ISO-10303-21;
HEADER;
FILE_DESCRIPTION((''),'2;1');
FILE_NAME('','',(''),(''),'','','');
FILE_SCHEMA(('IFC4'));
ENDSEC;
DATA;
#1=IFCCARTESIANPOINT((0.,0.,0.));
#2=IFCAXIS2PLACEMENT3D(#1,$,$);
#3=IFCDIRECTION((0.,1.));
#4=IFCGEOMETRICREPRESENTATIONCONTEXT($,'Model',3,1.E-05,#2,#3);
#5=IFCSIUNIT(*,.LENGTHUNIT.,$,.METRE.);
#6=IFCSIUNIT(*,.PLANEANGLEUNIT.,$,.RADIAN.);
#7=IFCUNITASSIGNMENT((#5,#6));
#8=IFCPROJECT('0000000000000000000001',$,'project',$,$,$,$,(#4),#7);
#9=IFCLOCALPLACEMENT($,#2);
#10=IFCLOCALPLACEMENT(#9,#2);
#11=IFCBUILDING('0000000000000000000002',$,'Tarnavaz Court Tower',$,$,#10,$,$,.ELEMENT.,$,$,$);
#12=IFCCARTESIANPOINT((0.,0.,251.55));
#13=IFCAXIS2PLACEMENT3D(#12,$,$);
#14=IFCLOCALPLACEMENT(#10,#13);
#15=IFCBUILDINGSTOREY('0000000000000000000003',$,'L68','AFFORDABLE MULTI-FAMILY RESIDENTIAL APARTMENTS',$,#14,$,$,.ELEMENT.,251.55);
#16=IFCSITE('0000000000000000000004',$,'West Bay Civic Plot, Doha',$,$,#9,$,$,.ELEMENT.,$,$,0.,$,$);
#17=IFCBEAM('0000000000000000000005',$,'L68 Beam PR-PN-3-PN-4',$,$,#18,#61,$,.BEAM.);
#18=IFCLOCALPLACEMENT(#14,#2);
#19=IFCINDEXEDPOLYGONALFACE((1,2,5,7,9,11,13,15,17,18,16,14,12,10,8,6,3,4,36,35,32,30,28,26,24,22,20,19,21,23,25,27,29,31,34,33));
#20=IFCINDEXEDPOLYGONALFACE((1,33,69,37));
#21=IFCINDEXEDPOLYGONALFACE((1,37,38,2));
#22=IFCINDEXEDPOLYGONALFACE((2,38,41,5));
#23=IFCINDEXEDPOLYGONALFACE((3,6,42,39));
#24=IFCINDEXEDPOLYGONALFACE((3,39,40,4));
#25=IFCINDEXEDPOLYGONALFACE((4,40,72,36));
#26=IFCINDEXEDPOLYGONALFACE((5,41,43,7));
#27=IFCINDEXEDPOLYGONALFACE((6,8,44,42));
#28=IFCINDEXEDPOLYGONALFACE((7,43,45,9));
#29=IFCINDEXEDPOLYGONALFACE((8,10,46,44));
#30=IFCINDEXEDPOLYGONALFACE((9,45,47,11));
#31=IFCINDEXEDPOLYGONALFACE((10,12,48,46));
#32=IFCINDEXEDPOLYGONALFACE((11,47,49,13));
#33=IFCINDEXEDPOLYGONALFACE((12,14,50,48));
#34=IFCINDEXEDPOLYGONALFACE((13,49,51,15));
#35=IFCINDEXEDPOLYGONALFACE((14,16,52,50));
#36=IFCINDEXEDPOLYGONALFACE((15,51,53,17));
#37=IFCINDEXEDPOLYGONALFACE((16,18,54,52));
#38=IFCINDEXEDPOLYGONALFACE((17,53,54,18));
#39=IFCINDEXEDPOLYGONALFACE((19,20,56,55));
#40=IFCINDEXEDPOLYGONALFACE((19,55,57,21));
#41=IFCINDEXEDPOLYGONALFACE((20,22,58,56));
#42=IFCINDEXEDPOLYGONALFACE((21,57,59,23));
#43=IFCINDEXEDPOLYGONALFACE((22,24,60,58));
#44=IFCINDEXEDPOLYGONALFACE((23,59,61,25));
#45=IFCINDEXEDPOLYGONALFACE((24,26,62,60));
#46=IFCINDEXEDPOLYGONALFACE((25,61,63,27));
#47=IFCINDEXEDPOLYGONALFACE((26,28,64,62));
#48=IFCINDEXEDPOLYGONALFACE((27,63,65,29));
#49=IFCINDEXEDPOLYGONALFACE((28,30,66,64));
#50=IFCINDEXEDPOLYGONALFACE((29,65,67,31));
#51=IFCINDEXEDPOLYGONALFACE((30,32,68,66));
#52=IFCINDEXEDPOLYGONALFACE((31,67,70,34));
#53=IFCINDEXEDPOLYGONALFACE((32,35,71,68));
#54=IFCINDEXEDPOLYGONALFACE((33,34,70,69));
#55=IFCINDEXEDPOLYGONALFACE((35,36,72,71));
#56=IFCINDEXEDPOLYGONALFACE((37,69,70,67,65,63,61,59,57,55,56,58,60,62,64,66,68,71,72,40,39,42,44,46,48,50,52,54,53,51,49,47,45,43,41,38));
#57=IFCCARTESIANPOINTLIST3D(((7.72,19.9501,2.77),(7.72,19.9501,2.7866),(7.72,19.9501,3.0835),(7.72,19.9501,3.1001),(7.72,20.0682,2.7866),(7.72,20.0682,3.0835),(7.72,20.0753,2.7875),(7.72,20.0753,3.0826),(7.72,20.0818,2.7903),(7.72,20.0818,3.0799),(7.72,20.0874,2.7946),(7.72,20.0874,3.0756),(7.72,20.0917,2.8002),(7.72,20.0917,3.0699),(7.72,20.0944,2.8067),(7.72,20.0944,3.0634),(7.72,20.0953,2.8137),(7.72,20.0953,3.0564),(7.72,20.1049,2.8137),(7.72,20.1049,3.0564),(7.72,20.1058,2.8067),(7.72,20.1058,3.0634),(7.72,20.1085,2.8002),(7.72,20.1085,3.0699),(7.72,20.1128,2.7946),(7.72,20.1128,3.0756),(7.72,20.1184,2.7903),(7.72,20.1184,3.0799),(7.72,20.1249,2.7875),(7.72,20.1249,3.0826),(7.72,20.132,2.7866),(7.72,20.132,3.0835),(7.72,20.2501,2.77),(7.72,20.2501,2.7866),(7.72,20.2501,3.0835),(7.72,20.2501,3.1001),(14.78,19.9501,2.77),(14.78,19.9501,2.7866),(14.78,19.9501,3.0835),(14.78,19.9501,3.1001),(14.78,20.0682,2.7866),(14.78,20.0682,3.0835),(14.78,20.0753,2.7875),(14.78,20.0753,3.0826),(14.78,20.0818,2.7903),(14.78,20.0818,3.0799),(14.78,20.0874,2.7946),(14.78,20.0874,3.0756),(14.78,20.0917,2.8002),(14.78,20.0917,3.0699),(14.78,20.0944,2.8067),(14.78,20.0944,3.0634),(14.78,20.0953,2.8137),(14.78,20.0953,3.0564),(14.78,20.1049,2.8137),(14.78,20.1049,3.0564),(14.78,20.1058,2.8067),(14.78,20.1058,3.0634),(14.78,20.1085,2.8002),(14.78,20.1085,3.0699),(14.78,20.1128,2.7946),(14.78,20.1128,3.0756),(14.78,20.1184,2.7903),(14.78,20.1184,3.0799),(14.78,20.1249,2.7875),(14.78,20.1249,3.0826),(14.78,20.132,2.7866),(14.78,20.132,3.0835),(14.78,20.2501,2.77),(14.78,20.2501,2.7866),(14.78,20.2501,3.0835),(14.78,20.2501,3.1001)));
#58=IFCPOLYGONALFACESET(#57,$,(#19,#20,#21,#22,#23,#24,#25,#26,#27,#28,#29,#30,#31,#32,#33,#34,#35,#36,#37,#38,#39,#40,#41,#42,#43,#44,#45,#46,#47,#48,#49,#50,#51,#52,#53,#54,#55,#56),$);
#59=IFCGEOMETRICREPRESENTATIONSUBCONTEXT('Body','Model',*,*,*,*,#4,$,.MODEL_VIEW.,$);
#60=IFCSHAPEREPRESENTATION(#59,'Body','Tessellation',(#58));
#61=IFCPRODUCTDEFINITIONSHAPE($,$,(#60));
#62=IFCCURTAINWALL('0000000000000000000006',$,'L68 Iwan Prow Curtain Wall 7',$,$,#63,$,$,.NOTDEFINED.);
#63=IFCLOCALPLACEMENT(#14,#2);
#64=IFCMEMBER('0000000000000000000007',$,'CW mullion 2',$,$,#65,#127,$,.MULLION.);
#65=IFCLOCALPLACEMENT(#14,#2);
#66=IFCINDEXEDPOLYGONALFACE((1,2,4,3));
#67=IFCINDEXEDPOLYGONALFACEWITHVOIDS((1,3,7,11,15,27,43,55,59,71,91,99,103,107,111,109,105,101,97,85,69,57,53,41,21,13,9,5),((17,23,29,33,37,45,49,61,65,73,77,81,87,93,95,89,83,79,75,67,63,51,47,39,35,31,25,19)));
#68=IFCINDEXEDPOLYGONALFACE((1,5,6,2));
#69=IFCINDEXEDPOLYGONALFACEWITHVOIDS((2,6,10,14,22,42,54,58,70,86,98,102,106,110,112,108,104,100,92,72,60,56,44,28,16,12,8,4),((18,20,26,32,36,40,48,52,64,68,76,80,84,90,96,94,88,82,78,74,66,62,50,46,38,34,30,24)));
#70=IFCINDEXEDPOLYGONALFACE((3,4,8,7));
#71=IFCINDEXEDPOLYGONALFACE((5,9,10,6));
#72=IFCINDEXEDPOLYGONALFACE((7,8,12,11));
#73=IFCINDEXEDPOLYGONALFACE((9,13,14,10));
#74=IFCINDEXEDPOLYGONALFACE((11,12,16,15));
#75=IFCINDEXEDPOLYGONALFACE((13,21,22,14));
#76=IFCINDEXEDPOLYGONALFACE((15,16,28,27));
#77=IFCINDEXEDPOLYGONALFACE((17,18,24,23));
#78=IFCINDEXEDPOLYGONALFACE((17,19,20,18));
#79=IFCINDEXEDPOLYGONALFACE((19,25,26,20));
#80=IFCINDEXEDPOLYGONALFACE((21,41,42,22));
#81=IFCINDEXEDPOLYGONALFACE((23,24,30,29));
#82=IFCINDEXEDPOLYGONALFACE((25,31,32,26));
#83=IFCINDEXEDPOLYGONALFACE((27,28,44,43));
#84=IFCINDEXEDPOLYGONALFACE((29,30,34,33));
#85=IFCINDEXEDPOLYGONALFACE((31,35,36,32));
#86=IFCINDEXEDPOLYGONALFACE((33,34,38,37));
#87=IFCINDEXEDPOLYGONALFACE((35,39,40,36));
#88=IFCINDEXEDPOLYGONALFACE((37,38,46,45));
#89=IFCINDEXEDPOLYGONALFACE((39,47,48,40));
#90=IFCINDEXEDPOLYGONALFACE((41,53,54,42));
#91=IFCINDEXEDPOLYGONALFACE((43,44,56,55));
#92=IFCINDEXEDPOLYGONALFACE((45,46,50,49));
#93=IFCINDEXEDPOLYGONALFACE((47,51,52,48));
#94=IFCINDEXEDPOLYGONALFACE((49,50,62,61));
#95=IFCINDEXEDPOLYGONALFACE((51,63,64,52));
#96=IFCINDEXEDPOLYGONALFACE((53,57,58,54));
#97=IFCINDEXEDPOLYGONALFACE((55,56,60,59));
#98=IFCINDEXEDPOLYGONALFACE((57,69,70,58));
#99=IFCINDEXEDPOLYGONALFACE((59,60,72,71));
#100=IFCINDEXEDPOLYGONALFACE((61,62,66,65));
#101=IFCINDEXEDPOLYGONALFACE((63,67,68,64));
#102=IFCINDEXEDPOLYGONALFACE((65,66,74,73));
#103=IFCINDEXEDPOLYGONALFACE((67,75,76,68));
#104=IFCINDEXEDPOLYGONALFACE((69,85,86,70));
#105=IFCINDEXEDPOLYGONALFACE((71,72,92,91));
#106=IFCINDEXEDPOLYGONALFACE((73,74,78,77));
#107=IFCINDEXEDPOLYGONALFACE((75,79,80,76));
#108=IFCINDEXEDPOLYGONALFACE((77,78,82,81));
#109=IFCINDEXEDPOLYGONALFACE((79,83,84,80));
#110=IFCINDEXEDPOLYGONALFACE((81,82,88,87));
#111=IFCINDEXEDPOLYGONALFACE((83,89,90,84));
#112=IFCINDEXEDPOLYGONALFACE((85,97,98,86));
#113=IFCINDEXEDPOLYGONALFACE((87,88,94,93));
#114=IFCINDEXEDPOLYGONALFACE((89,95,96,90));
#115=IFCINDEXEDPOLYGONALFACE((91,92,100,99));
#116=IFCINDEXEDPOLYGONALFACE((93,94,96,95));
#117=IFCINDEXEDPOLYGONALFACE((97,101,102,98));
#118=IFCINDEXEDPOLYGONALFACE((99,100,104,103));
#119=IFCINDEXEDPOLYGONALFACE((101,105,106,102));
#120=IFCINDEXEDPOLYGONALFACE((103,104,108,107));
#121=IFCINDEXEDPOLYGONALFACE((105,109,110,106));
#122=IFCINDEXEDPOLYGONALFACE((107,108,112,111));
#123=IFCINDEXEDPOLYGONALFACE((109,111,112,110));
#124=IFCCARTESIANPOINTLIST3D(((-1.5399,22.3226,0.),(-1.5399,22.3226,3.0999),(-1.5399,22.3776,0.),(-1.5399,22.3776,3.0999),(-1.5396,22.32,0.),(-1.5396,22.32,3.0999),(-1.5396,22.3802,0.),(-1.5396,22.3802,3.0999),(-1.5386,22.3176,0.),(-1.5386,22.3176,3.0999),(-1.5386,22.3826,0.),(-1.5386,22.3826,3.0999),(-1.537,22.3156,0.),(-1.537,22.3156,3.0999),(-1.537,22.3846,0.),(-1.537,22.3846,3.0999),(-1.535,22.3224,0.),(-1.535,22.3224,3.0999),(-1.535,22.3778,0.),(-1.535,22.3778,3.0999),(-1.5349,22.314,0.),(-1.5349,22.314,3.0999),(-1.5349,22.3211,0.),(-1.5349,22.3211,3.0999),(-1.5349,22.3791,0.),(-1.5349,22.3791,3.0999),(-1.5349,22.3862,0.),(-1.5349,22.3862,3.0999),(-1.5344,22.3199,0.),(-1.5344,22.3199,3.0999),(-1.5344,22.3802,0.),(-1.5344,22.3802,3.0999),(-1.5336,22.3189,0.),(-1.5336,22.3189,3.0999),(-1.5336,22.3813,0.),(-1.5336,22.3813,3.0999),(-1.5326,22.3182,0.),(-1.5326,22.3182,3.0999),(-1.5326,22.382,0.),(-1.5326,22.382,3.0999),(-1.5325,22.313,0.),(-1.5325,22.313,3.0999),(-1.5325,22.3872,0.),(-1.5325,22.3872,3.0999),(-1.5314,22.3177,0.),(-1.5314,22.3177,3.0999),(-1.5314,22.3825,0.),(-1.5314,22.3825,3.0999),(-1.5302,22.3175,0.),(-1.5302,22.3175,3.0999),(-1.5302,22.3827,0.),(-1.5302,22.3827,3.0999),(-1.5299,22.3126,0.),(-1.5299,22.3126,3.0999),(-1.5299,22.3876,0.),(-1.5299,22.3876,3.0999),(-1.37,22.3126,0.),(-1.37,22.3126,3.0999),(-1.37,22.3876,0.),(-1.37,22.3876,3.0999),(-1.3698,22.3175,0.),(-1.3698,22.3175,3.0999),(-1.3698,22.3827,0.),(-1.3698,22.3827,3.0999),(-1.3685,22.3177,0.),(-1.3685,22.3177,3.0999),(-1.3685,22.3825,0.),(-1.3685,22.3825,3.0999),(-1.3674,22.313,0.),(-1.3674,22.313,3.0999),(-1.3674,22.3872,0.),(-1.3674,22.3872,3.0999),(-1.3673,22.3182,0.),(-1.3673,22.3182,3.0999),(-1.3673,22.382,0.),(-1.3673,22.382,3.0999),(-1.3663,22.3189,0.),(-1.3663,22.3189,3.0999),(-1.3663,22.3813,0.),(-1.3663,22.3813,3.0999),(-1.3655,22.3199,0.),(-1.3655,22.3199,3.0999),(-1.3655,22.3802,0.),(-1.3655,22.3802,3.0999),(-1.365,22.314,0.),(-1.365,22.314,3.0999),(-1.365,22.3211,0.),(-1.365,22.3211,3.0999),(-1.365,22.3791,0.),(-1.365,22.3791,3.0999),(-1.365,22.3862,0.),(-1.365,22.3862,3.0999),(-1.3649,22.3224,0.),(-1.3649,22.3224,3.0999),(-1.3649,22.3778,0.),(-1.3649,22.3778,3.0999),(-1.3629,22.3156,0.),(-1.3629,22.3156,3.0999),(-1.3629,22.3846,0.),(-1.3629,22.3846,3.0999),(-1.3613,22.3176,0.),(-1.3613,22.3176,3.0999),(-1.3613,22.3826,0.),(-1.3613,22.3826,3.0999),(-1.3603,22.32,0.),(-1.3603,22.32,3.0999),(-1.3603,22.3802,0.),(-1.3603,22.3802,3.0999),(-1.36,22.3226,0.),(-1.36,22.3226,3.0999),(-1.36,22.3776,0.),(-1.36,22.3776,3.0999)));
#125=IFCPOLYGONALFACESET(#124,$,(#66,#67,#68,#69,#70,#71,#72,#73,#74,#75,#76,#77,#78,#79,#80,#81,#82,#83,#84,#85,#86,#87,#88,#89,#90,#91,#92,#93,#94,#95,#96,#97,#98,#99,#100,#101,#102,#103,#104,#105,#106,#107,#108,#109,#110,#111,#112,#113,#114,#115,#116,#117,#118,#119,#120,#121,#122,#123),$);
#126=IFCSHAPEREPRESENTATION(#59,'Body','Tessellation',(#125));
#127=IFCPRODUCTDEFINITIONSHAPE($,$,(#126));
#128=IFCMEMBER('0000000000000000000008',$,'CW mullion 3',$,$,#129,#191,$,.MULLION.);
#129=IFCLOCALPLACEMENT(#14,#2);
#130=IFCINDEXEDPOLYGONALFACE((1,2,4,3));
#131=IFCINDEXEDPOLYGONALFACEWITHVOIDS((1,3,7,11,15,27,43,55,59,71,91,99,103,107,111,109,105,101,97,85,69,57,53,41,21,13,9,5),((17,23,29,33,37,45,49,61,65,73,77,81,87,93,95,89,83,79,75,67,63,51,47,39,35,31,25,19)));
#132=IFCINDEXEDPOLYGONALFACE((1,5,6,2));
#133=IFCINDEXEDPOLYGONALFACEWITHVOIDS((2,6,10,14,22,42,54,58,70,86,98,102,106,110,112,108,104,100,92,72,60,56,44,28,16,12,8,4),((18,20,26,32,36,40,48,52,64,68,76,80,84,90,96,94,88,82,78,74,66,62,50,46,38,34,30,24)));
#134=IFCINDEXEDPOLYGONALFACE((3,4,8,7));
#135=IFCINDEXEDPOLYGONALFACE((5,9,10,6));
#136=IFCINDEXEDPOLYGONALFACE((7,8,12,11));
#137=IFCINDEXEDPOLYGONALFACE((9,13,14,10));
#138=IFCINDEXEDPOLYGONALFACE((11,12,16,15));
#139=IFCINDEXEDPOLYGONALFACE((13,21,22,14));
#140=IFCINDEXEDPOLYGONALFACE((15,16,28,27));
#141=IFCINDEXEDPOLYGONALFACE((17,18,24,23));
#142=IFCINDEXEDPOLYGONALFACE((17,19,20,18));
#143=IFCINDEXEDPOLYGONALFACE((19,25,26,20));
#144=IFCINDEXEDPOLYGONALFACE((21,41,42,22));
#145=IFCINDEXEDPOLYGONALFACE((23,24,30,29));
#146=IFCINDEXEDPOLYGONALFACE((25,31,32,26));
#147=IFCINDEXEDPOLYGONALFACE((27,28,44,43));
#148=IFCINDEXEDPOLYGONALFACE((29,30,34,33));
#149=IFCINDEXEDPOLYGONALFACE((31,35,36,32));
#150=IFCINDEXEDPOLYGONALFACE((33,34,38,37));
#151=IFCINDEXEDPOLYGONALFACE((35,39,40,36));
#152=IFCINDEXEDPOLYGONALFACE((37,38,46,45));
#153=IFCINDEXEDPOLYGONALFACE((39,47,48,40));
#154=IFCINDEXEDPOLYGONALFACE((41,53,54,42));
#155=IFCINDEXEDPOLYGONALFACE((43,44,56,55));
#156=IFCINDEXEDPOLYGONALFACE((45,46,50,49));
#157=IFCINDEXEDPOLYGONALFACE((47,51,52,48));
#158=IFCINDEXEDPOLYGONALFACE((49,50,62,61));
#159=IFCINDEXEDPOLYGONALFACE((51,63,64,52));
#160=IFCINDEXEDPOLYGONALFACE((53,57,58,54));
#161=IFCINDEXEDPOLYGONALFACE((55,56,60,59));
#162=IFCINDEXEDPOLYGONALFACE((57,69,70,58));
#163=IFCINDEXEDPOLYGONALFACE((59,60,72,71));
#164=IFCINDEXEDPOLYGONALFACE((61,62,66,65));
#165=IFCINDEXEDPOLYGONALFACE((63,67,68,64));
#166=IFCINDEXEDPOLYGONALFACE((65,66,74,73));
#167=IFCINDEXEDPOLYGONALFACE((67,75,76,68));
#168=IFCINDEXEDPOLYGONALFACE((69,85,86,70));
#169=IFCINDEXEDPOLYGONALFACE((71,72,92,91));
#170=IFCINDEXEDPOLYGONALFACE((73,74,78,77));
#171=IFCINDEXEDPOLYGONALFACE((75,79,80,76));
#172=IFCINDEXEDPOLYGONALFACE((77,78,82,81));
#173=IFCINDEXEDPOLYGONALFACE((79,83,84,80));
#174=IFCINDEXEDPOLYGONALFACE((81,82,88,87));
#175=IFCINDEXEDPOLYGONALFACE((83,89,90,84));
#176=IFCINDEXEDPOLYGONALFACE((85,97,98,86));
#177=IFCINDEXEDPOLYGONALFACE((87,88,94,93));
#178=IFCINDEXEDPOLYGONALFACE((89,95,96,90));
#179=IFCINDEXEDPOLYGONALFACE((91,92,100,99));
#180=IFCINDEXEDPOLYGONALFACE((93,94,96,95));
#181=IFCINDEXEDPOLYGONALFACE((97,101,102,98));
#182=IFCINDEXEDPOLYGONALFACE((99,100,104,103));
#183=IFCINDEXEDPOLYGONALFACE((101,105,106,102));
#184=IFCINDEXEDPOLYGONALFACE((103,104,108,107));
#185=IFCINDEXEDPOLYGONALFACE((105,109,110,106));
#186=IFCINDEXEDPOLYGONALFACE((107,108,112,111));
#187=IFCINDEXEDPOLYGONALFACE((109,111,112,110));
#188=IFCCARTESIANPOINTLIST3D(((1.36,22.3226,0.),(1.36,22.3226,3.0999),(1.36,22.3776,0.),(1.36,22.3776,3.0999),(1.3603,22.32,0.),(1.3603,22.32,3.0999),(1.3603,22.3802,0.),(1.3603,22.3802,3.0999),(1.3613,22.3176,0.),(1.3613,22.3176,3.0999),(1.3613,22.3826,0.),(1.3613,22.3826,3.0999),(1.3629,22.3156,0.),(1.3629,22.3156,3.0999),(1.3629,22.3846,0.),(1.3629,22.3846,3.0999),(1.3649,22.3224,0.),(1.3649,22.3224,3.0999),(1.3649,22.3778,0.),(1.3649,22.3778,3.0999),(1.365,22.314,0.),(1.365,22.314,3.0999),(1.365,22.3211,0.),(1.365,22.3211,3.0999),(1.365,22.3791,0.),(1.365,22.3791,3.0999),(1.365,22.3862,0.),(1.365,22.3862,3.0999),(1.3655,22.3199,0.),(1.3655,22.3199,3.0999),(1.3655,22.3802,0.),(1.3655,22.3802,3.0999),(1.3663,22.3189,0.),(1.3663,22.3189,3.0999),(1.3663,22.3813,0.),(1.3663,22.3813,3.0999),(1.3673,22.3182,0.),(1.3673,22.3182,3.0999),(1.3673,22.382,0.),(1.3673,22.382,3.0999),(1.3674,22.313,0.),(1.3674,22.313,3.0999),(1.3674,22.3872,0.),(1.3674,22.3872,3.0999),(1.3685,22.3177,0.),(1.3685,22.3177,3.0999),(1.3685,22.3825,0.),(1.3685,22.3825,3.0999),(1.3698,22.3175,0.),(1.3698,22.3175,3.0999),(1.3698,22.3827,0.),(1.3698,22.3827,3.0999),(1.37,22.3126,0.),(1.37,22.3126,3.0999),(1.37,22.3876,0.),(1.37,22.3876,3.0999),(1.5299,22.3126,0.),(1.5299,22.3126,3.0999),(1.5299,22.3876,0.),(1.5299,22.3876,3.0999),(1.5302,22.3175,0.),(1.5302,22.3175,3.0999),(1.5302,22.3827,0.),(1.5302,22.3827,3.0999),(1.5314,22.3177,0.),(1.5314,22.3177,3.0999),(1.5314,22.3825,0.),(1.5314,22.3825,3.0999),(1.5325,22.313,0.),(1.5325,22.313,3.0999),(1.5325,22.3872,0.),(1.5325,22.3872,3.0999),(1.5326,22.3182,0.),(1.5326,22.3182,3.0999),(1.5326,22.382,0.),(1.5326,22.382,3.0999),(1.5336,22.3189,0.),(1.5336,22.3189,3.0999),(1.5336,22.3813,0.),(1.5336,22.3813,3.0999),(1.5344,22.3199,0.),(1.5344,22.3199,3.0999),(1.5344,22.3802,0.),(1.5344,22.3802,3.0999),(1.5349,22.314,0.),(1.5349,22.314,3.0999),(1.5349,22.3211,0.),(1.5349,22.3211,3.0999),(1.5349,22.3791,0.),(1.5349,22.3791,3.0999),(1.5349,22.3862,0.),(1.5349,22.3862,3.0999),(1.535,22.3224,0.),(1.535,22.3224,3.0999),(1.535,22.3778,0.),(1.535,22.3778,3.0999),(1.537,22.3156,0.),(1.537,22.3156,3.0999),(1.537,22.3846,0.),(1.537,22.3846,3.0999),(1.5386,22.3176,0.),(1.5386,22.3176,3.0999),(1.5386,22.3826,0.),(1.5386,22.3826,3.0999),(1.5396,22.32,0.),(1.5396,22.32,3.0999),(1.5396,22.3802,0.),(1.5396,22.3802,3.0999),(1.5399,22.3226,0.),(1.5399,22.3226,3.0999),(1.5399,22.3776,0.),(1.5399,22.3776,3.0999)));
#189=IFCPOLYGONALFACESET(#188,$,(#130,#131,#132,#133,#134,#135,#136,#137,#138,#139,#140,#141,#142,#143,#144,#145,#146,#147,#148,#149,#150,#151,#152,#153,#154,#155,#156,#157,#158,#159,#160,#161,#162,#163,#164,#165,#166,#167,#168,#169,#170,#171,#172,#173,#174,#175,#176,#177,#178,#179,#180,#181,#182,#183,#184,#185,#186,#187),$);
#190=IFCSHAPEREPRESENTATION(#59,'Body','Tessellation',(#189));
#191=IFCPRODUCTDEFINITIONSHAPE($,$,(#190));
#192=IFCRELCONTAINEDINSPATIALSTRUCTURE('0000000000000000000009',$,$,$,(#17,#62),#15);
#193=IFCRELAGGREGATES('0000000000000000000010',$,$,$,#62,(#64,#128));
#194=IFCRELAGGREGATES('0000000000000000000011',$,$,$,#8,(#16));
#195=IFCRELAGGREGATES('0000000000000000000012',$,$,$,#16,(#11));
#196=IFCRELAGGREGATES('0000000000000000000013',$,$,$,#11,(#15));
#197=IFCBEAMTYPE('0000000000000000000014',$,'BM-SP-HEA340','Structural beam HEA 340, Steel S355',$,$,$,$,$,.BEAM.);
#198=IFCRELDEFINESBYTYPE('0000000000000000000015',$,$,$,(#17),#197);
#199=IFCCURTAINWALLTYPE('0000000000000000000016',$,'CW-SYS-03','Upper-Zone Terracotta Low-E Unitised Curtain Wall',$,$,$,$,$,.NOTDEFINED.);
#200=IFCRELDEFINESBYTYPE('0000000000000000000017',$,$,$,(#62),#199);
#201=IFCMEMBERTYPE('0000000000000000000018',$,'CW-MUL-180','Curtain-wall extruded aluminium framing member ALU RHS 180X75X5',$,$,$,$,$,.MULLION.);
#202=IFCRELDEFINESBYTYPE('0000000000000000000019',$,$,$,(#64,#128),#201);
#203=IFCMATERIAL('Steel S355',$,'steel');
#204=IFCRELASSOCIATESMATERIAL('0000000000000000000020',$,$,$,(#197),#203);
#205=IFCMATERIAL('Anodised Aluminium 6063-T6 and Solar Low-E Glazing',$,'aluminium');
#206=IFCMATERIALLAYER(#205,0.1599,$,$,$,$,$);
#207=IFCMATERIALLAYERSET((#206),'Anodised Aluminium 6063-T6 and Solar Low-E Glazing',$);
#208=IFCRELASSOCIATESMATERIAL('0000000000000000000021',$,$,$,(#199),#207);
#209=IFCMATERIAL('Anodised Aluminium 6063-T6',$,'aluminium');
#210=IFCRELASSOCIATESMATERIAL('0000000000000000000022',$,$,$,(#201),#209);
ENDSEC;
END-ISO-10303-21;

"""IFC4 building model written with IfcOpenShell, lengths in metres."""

from ifc_helpers import new_model, si_unit, direction, frame, origin, origin_2d, place, context, subcontext, project, spatial, hollow_rectangle, i_section, extrude, material, layer, layer_set, material_profile, profile_set, type_object, element, aggregate, save


model = new_model("IFC4")

# Units and contexts
model_context = context("Model", 3, precision=1e-05, world=origin(), true_north=direction((0.0, 1.0)))
body_context = subcontext(model_context, "Body", "Model", "MODEL_VIEW")
ifc_project = project(units=[si_unit("LENGTHUNIT", "METRE"), si_unit("PLANEANGLEUNIT", "RADIAN")], contexts=[model_context])

# Site, building, storey
site_placement = place(None, origin())
site = spatial("IfcSite", under=ifc_project, at=site_placement, Name="West Bay Civic Plot, Doha", CompositionType="ELEMENT", RefElevation=0.0)
building_placement = place(site_placement, origin())
building = spatial("IfcBuilding", under=site, at=building_placement, Name="Tarnavaz Court Tower", CompositionType="ELEMENT")
storey_placement = place(building_placement, frame((0.0, 0.0, 251.55)))
storey = spatial("IfcBuildingStorey", under=building, at=storey_placement, Name="L68", Description="AFFORDABLE MULTI-FAMILY RESIDENTIAL APARTMENTS", CompositionType="ELEMENT", Elevation=251.55)

# Beam
ifc_material_1 = material(Name="Steel S355", Category="steel")
ifc_material_profile_1 = material_profile(ifc_material_1, i_section(OverallWidth=0.3, OverallDepth=0.3301, WebThickness=0.0095, FlangeThickness=0.0166, FilletRadius=0.0271, at=origin_2d()), Name="HEA 340")
ifc_profile_set_1 = profile_set([ifc_material_profile_1], Name="Steel S355")
beam_type_1 = type_object("IfcBeamType", Name="BM-SP-HEA340", Description="Structural beam HEA 340, Steel S355", PredefinedType="BEAM", material=ifc_profile_set_1)
beam_placement = place(storey_placement, frame((7.72, 20.1001, 2.9351), z_axis=(1.0, 0.0, 0.0), x_axis=(0.0, 1.0, 0.0)))
element("IfcBeam", 1, at=beam_placement, inside=storey, type_object=beam_type_1, Name="L68 Beam PR-PN-3-PN-4", PredefinedType="BEAM", context=body_context, shape_type="SweptSolid", body=[
    extrude(i_section(OverallWidth=0.3, OverallDepth=0.3301, WebThickness=0.0095, FlangeThickness=0.0166, FilletRadius=0.0271, at=origin_2d()), origin(), (0.0, 0.0, 1.0), 7.0601),
])

# Curtain wall, members
ifc_material_2 = material(Name="Anodised Aluminium 6063-T6 and Solar Low-E Glazing", Category="aluminium")
ifc_layer_1 = layer(ifc_material_2, 0.1599)
ifc_layer_set_1 = layer_set([ifc_layer_1], Name="Anodised Aluminium 6063-T6 and Solar Low-E Glazing")
curtain_wall_type = type_object("IfcCurtainWallType", Name="CW-SYS-03", Description="Upper-Zone Terracotta Low-E Unitised Curtain Wall", PredefinedType="NOTDEFINED", material=ifc_layer_set_1)
curtain_wall_placement = place(storey_placement, origin())
curtain_wall = element("IfcCurtainWall", 2, at=curtain_wall_placement, inside=storey, type_object=curtain_wall_type, Name="L68 Iwan Prow Curtain Wall 7", PredefinedType="NOTDEFINED")
ifc_material_3 = material(Name="Anodised Aluminium 6063-T6", Category="aluminium")
ifc_material_profile_2 = material_profile(ifc_material_3, hollow_rectangle(XDim=0.075, YDim=0.1799, WallThickness=0.0049, InnerFilletRadius=0.0049, OuterFilletRadius=0.01, at=origin_2d()), Name="ALU RHS 180X75X5")
ifc_profile_set_2 = profile_set([ifc_material_profile_2], Name="Anodised Aluminium 6063-T6")
member_type_1 = type_object("IfcMemberType", Name="CW-MUL-180", Description="Curtain-wall extruded aluminium framing member ALU RHS 180X75X5", PredefinedType="MULLION", material=ifc_profile_set_2)
member_1_placement = place(storey_placement, frame((-1.45, 22.3501, 0.0), z_axis=(0.0, 0.0, 1.0), x_axis=(0.0, 1.0, 0.0)))
member_1 = element("IfcMember", 3, at=member_1_placement, type_object=member_type_1, Name="CW mullion 2", PredefinedType="MULLION", context=body_context, shape_type="SweptSolid", body=[
    extrude(hollow_rectangle(XDim=0.075, YDim=0.1799, WallThickness=0.0049, InnerFilletRadius=0.0049, OuterFilletRadius=0.01, at=origin_2d()), origin(), (0.0, 0.0, 1.0), 3.0999),
])
member_2_placement = place(storey_placement, frame((1.45, 22.3501, 0.0), z_axis=(0.0, 0.0, 1.0), x_axis=(0.0, 1.0, 0.0)))
member_2 = element("IfcMember", 4, at=member_2_placement, type_object=member_type_1, Name="CW mullion 3", PredefinedType="MULLION", context=body_context, shape_type="SweptSolid", body=[
    extrude(hollow_rectangle(XDim=0.075, YDim=0.1799, WallThickness=0.0049, InnerFilletRadius=0.0049, OuterFilletRadius=0.01, at=origin_2d()), origin(), (0.0, 0.0, 1.0), 3.0999),
])
aggregate(curtain_wall, [member_1, member_2])

save(model, "model.ifc")
